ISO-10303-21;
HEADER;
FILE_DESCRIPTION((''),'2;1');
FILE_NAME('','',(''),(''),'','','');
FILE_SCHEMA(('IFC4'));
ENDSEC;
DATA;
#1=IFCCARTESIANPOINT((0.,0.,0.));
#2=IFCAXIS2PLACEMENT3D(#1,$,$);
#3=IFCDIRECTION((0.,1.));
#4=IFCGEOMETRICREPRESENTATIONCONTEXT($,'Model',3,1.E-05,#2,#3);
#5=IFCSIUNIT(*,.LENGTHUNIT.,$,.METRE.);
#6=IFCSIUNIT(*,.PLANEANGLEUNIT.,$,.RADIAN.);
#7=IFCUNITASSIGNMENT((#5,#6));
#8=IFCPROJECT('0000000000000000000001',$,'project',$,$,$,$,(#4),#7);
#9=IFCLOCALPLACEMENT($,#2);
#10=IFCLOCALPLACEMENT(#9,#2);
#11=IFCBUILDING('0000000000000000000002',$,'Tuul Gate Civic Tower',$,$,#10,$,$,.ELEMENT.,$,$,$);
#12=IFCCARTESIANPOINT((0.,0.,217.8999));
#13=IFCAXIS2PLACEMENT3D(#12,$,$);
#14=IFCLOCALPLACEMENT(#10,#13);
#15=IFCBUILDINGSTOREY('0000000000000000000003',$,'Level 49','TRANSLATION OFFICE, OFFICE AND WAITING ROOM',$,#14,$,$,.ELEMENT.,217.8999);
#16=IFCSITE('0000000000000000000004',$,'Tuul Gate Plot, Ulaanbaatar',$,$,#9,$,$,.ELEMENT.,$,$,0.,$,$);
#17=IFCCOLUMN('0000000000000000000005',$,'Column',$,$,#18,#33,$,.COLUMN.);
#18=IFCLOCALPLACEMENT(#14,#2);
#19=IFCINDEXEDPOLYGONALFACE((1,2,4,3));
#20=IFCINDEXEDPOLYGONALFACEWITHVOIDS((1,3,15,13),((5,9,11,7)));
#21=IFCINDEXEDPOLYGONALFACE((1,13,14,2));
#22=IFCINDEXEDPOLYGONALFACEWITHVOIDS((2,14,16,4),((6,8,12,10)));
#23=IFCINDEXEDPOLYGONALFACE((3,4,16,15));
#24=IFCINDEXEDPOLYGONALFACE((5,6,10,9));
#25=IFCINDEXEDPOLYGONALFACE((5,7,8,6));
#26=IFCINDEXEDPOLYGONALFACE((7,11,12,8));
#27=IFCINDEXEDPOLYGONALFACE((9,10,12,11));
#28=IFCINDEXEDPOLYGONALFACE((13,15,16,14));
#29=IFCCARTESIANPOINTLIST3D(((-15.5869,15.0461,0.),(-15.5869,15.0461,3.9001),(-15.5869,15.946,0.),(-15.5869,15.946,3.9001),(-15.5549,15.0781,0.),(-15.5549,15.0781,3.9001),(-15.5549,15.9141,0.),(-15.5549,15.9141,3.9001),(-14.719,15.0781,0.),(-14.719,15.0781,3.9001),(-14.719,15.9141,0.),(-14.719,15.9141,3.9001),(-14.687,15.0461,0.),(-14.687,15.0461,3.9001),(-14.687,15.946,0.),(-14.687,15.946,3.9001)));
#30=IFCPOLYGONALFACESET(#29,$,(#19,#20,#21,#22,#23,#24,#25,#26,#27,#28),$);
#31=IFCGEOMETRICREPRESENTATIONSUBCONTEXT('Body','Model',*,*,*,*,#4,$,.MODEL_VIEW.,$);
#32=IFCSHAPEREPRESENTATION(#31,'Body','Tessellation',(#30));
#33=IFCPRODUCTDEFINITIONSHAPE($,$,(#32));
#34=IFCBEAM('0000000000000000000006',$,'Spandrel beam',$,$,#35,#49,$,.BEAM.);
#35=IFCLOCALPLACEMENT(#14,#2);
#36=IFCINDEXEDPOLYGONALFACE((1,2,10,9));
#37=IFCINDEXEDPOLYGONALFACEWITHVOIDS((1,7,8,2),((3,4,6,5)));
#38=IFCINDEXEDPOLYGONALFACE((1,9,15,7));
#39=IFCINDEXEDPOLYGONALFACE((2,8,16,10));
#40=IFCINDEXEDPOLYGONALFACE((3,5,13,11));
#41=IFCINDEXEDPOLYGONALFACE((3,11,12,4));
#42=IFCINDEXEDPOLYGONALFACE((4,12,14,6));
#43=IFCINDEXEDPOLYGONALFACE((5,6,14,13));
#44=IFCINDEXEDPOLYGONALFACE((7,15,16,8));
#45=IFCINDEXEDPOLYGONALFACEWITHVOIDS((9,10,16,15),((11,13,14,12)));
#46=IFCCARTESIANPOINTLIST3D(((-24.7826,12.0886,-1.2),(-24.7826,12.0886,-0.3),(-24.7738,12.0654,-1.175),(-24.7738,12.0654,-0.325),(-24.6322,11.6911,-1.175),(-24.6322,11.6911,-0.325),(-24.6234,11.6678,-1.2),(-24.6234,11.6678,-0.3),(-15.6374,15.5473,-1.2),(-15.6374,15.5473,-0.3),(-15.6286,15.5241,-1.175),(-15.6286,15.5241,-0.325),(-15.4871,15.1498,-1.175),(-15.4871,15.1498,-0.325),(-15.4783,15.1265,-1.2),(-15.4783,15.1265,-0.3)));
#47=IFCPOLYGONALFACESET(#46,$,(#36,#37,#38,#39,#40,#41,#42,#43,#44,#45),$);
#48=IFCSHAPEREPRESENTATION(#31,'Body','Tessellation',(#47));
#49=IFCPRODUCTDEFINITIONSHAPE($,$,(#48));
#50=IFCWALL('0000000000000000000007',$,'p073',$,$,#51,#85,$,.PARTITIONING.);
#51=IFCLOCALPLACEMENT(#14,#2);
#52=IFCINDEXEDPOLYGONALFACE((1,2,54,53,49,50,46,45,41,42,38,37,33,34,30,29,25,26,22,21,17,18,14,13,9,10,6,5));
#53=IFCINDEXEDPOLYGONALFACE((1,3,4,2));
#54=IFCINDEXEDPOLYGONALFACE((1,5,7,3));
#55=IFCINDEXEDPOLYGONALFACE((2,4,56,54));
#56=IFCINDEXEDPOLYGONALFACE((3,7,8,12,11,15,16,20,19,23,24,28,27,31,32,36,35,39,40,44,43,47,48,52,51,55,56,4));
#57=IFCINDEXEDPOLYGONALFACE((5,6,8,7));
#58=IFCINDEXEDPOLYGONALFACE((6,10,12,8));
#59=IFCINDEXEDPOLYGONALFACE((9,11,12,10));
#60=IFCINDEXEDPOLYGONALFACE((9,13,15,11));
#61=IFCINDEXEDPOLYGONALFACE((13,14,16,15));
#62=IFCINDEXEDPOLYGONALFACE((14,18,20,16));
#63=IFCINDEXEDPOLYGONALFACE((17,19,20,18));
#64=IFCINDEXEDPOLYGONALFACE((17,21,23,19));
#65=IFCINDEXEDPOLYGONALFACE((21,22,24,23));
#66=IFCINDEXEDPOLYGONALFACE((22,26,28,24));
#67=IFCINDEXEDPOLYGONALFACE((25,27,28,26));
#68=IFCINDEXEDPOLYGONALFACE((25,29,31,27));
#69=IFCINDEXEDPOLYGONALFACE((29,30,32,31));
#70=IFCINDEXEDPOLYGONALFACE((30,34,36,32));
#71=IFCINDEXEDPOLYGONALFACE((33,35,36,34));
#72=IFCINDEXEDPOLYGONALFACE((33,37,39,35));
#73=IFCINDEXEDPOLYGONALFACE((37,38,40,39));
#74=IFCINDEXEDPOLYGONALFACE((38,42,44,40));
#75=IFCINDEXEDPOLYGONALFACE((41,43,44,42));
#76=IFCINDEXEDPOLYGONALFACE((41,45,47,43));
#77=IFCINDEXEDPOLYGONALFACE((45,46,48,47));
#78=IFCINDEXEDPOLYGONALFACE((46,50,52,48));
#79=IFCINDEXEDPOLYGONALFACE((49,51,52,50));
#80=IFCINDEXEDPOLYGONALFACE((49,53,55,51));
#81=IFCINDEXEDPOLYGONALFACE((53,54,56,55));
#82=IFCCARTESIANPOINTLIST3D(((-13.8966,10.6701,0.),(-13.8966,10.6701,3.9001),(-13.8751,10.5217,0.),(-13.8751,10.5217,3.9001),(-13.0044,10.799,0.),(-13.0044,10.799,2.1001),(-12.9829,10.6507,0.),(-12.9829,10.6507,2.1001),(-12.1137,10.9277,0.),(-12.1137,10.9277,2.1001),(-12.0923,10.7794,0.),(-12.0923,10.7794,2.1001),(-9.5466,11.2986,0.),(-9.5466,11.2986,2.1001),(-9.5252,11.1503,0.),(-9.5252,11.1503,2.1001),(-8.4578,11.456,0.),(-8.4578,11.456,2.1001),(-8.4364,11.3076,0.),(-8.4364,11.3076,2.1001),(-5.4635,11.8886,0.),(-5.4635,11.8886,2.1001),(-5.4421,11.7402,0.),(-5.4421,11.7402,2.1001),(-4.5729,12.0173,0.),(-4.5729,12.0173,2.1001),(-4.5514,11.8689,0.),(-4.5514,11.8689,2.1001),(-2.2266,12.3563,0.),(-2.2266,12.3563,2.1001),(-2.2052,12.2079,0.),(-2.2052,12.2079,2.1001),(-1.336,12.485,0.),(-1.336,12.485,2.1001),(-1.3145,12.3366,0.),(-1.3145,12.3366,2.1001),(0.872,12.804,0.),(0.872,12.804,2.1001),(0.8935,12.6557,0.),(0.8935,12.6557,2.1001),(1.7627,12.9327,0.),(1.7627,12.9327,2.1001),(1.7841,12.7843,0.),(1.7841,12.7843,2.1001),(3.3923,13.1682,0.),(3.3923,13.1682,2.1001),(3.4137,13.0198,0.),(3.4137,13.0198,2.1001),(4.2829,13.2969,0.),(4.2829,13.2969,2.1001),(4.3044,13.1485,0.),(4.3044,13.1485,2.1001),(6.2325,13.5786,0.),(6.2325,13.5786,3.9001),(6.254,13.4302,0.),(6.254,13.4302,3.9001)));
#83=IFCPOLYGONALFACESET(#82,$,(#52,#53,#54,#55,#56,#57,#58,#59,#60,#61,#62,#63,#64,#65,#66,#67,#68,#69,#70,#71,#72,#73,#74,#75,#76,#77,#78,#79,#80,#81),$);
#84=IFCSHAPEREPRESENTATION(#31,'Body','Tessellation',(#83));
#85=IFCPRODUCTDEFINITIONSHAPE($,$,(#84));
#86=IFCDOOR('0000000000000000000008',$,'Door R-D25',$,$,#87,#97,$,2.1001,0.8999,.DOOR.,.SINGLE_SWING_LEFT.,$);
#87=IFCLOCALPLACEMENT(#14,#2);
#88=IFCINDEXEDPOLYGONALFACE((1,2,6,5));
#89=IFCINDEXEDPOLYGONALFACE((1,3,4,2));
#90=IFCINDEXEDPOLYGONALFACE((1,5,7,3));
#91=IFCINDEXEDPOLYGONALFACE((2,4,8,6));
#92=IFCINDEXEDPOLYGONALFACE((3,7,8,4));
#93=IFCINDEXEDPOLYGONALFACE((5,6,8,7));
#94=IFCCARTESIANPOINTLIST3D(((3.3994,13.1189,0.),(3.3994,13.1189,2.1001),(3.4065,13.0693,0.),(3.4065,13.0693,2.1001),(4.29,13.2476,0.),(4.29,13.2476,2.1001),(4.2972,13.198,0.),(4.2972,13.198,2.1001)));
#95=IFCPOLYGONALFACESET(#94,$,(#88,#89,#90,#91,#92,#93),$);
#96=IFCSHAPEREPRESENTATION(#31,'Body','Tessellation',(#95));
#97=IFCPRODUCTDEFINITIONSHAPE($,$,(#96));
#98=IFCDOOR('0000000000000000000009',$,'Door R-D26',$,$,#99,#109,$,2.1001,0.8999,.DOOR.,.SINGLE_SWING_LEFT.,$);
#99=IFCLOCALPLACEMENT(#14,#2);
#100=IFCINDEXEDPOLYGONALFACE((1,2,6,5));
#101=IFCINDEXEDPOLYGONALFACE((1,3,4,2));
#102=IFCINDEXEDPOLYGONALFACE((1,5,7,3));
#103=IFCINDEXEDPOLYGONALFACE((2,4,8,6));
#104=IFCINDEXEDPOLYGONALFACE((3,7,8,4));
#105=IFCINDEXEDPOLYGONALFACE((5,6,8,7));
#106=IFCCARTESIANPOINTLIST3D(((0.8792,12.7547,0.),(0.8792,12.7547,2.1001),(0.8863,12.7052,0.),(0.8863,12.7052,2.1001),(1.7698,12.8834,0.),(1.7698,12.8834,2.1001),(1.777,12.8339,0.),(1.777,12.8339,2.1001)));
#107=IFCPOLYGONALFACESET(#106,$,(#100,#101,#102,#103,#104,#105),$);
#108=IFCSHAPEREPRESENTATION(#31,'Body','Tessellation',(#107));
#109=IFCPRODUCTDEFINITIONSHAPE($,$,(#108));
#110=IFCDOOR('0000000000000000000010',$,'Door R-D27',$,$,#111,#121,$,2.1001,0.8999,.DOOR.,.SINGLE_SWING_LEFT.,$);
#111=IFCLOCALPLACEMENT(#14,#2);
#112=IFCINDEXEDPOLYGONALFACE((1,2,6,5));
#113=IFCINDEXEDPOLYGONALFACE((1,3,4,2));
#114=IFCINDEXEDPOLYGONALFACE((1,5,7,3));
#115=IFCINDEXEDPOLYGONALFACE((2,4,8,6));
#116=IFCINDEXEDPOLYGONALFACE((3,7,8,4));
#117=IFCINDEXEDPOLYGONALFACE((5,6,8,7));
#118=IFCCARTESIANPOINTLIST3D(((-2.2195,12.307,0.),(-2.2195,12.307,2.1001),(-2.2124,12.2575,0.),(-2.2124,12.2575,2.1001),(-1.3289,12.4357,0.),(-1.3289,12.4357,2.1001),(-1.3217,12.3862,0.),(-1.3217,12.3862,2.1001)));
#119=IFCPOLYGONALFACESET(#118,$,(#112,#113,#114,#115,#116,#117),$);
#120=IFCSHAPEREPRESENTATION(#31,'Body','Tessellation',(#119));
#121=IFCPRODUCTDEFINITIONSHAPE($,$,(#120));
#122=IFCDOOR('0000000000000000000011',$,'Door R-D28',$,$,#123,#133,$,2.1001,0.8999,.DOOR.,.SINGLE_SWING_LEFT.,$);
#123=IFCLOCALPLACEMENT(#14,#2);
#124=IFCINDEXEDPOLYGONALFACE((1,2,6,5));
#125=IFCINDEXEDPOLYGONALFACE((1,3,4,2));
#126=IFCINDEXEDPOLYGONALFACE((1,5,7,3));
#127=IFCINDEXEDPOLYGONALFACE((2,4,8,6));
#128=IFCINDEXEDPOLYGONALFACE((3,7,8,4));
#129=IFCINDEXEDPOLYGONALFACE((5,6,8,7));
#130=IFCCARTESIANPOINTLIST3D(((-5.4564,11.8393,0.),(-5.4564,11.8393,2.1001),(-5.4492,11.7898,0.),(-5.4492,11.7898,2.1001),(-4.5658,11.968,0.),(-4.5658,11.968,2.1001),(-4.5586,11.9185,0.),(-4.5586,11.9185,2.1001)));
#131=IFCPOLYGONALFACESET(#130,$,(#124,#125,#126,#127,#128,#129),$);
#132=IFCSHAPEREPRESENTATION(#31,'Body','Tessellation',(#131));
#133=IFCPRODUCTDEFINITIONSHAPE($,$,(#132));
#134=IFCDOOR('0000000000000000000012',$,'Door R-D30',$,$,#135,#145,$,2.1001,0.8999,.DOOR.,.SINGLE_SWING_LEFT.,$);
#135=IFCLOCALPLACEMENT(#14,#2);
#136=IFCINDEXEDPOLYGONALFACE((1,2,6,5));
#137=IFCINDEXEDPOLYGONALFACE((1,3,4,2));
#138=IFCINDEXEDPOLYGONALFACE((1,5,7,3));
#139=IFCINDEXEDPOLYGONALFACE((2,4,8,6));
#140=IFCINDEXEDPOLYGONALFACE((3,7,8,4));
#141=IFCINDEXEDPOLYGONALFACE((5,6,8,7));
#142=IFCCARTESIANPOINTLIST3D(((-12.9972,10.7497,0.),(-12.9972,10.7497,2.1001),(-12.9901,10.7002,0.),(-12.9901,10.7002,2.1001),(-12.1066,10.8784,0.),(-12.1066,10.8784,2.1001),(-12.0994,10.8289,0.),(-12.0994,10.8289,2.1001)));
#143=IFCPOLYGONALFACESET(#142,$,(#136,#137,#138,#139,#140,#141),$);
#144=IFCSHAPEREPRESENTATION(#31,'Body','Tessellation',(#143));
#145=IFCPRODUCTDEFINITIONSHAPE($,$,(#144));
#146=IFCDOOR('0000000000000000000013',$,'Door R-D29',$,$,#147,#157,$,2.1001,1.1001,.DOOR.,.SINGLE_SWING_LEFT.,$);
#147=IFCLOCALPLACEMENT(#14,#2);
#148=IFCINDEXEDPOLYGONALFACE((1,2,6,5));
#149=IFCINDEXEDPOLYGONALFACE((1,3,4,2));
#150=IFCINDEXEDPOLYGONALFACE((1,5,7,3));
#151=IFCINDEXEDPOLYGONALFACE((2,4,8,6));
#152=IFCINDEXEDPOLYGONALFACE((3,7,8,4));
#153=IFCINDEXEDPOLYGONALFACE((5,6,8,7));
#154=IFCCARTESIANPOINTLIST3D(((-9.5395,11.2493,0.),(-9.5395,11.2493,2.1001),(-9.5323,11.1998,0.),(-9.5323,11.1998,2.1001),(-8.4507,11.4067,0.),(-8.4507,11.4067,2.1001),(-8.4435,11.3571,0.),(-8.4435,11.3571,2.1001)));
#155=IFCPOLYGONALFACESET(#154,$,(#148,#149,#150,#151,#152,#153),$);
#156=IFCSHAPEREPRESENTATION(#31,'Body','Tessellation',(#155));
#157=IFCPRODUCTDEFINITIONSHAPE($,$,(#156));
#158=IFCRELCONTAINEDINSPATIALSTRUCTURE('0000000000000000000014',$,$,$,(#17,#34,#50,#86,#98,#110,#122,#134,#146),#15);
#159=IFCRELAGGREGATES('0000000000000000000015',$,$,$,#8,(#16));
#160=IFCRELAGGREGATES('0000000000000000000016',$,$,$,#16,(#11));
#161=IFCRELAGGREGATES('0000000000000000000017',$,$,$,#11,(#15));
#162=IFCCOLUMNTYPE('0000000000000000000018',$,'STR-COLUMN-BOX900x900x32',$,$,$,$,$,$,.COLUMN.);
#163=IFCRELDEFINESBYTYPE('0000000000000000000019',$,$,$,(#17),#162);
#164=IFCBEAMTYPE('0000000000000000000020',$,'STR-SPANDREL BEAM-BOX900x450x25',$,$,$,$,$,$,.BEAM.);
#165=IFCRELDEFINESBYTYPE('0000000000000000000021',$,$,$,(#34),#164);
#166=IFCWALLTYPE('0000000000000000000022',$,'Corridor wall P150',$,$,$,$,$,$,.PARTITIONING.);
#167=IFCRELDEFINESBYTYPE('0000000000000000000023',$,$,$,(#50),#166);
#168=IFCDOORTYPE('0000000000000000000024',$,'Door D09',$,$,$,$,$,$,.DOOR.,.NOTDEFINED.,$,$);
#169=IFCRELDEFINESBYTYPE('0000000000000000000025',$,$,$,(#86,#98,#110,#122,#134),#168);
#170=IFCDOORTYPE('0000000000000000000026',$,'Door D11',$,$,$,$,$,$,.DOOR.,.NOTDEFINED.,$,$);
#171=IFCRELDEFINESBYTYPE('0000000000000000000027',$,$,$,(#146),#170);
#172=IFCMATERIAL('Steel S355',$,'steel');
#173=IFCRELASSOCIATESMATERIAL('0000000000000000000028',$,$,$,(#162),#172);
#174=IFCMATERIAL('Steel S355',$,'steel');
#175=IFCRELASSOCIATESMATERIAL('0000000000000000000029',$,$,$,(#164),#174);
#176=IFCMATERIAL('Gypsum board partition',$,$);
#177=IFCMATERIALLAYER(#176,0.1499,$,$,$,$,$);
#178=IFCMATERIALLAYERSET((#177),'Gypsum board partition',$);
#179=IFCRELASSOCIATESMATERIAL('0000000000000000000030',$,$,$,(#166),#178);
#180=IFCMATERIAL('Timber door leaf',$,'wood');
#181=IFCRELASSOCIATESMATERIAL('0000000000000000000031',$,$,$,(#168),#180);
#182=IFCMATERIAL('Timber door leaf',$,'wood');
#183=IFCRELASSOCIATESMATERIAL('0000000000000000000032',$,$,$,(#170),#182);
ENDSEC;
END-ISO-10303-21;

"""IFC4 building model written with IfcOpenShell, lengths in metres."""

from ifc_helpers import new_model, si_unit, direction, frame, frame_2d, origin, origin_2d, place, context, subcontext, project, spatial, rectangle, hollow_rectangle, extrude, material, layer, layer_set, material_profile, profile_set, type_object, element, fill, save


model = new_model("IFC4")

# Units and contexts
model_context = context("Model", 3, precision=1e-05, world=origin(), true_north=direction((0.0, 1.0)))
body_context = subcontext(model_context, "Body", "Model", "MODEL_VIEW")
ifc_project = project(units=[si_unit("LENGTHUNIT", "METRE"), si_unit("PLANEANGLEUNIT", "RADIAN")], contexts=[model_context])

# Site, building, storey
site_placement = place(None, origin())
site = spatial("IfcSite", under=ifc_project, at=site_placement, Name="Tuul Gate Plot, Ulaanbaatar", CompositionType="ELEMENT", RefElevation=0.0)
building_placement = place(site_placement, origin())
building = spatial("IfcBuilding", under=site, at=building_placement, Name="Tuul Gate Civic Tower", CompositionType="ELEMENT")
storey_placement = place(building_placement, frame((0.0, 0.0, 217.8999)))
storey = spatial("IfcBuildingStorey", under=building, at=storey_placement, Name="Level 49", Description="TRANSLATION OFFICE, OFFICE AND WAITING ROOM", CompositionType="ELEMENT", Elevation=217.8999)

# Column
ifc_material_1 = material(Name="Steel S355", Category="steel")
ifc_material_profile_1 = material_profile(ifc_material_1, hollow_rectangle(XDim=0.8999, YDim=0.8999, WallThickness=0.032, at=origin_2d()), Name="BOX900x900x32")
ifc_profile_set_1 = profile_set([ifc_material_profile_1], Name="Steel S355")
column_type = type_object("IfcColumnType", Name="STR-COLUMN-BOX900x900x32", PredefinedType="COLUMN", material=ifc_profile_set_1)
column_placement = place(storey_placement, frame((-15.137, 15.4961, 0.0), z_axis=(0.0, 0.0, 1.0), x_axis=(1.0, 0.0, 0.0)))
element("IfcColumn", 1, at=column_placement, inside=storey, type_object=column_type, Name="Column", PredefinedType="COLUMN", context=body_context, shape_type="SweptSolid", body=[
    extrude(hollow_rectangle(XDim=0.8999, YDim=0.8999, WallThickness=0.032, at=origin_2d()), origin(), (0.0, 0.0, 1.0), 3.9001),
])

# Beam
ifc_material_2 = material(Name="Steel S355", Category="steel")
ifc_material_profile_2 = material_profile(ifc_material_2, hollow_rectangle(XDim=0.45, YDim=0.8999, WallThickness=0.0249, at=origin_2d()), Name="BOX900x450x25")
ifc_profile_set_2 = profile_set([ifc_material_profile_2], Name="Steel S355")
beam_type = type_object("IfcBeamType", Name="STR-SPANDREL BEAM-BOX900x450x25", PredefinedType="BEAM", material=ifc_profile_set_2)
beam_placement = place(storey_placement, frame((-15.5579, 15.3369, -0.75), z_axis=(-0.935341, -0.353746, 0.0), x_axis=(0.353746, -0.935341, 0.0)))
element("IfcBeam", 2, at=beam_placement, inside=storey, type_object=beam_type, Name="Spandrel beam", PredefinedType="BEAM", context=body_context, shape_type="SweptSolid", body=[
    extrude(hollow_rectangle(XDim=0.45, YDim=0.8999, WallThickness=0.0249, at=origin_2d()), origin(), (0.0, 0.0, 1.0), 9.7773),
])

# Wall, openings, doors
ifc_material_3 = material(Name="Gypsum board partition")
ifc_layer_1 = layer(ifc_material_3, 0.1499)
ifc_layer_set_1 = layer_set([ifc_layer_1], Name="Gypsum board partition")
wall_type_1 = type_object("IfcWallType", Name="Corridor wall P150", PredefinedType="PARTITIONING", material=ifc_layer_set_1)
wall_1_placement = place(storey_placement, frame((-13.8857, 10.5959, 0.0), z_axis=(0.0, 0.0, 1.0), x_axis=(0.989722, 0.143004, 0.0)))
wall_1 = element("IfcWall", 3, at=wall_1_placement, inside=storey, type_object=wall_type_1, Name="p073", PredefinedType="PARTITIONING", context=body_context, shape_type="SweptSolid", body=[
    extrude(rectangle(XDim=20.3381, YDim=0.1499, at=frame_2d((10.1689, 0.0))), origin(), (0.0, 0.0, 1.0), 3.9001),
])
opening_1_placement = place(wall_1_placement, frame((17.4683, 0.0, 0.0)))
opening_1 = element("IfcOpeningElement", 4, at=opening_1_placement, cuts=wall_1, PredefinedType="OPENING", context=body_context, shape_type="SweptSolid", body=[
    extrude(rectangle(XDim=0.8999, YDim=2.1001, at=frame_2d((0.45, 1.05))), frame((0.0, 0.085, 0.0), z_axis=(0.0, -1.0, 0.0), x_axis=(1.0, 0.0, 0.0)), (0.0, 0.0, 1.0), 0.1699),
])
opening_2_placement = place(wall_1_placement, frame((14.9219, 0.0, 0.0)))
opening_2 = element("IfcOpeningElement", 5, at=opening_2_placement, cuts=wall_1, PredefinedType="OPENING", context=body_context, shape_type="SweptSolid", body=[
    extrude(rectangle(XDim=0.8999, YDim=2.1001, at=frame_2d((0.45, 1.05))), frame((0.0, 0.085, 0.0), z_axis=(0.0, -1.0, 0.0), x_axis=(1.0, 0.0, 0.0)), (0.0, 0.0, 1.0), 0.1699),
])
opening_3_placement = place(wall_1_placement, frame((11.791, 0.0, 0.0)))
opening_3 = element("IfcOpeningElement", 6, at=opening_3_placement, cuts=wall_1, PredefinedType="OPENING", context=body_context, shape_type="SweptSolid", body=[
    extrude(rectangle(XDim=0.8999, YDim=2.1001, at=frame_2d((0.45, 1.05))), frame((0.0, 0.085, 0.0), z_axis=(0.0, -1.0, 0.0), x_axis=(1.0, 0.0, 0.0)), (0.0, 0.0, 1.0), 0.1699),
])
opening_4_placement = place(wall_1_placement, frame((8.5205, 0.0, 0.0)))
opening_4 = element("IfcOpeningElement", 7, at=opening_4_placement, cuts=wall_1, PredefinedType="OPENING", context=body_context, shape_type="SweptSolid", body=[
    extrude(rectangle(XDim=0.8999, YDim=2.1001, at=frame_2d((0.45, 1.05))), frame((0.0, 0.085, 0.0), z_axis=(0.0, -1.0, 0.0), x_axis=(1.0, 0.0, 0.0)), (0.0, 0.0, 1.0), 0.1699),
])
opening_5_placement = place(wall_1_placement, frame((4.395, 0.0, 0.0)))
opening_5 = element("IfcOpeningElement", 8, at=opening_5_placement, cuts=wall_1, PredefinedType="OPENING", context=body_context, shape_type="SweptSolid", body=[
    extrude(rectangle(XDim=1.1001, YDim=2.1001, at=frame_2d((0.55, 1.05))), frame((0.0, 0.085, 0.0), z_axis=(0.0, -1.0, 0.0), x_axis=(1.0, 0.0, 0.0)), (0.0, 0.0, 1.0), 0.1699),
])
opening_6_placement = place(wall_1_placement, frame((0.9014, 0.0, 0.0)))
opening_6 = element("IfcOpeningElement", 9, at=opening_6_placement, cuts=wall_1, PredefinedType="OPENING", context=body_context, shape_type="SweptSolid", body=[
    extrude(rectangle(XDim=0.8999, YDim=2.1001, at=frame_2d((0.45, 1.05))), frame((0.0, 0.085, 0.0), z_axis=(0.0, -1.0, 0.0), x_axis=(1.0, 0.0, 0.0)), (0.0, 0.0, 1.0), 0.1699),
])
ifc_material_4 = material(Name="Timber door leaf", Category="wood")
door_type_1 = type_object("IfcDoorType", Name="Door D09", OperationType="NOTDEFINED", PredefinedType="DOOR", material=ifc_material_4)
door_1_placement = place(opening_1_placement, frame((0.8999, 0.0, 0.0), z_axis=(0.0, 0.0, 1.0), x_axis=(-1.0, 0.0, 0.0)))
door_1 = element("IfcDoor", 10, at=door_1_placement, inside=storey, type_object=door_type_1, Name="Door R-D25", OperationType="SINGLE_SWING_LEFT", OverallHeight=2.1001, OverallWidth=0.8999, PredefinedType="DOOR", context=body_context, shape_type="SweptSolid", body=[
    extrude(rectangle(XDim=0.8999, YDim=2.1001, at=frame_2d((0.45, 1.05))), frame((0.0, 0.0249, 0.0), z_axis=(0.0, -1.0, 0.0), x_axis=(1.0, 0.0, 0.0)), (0.0, 0.0, 1.0), 0.05),
])
fill(opening_1, door_1)
door_2_placement = place(opening_2_placement, frame((0.8999, 0.0, 0.0), z_axis=(0.0, 0.0, 1.0), x_axis=(-1.0, 0.0, 0.0)))
door_2 = element("IfcDoor", 11, at=door_2_placement, inside=storey, type_object=door_type_1, Name="Door R-D26", OperationType="SINGLE_SWING_LEFT", OverallHeight=2.1001, OverallWidth=0.8999, PredefinedType="DOOR", context=body_context, shape_type="SweptSolid", body=[
    extrude(rectangle(XDim=0.8999, YDim=2.1001, at=frame_2d((0.45, 1.05))), frame((0.0, 0.0249, 0.0), z_axis=(0.0, -1.0, 0.0), x_axis=(1.0, 0.0, 0.0)), (0.0, 0.0, 1.0), 0.05),
])
fill(opening_2, door_2)
door_3_placement = place(opening_3_placement, frame((0.8999, 0.0, 0.0), z_axis=(0.0, 0.0, 1.0), x_axis=(-1.0, 0.0, 0.0)))
door_3 = element("IfcDoor", 12, at=door_3_placement, inside=storey, type_object=door_type_1, Name="Door R-D27", OperationType="SINGLE_SWING_LEFT", OverallHeight=2.1001, OverallWidth=0.8999, PredefinedType="DOOR", context=body_context, shape_type="SweptSolid", body=[
    extrude(rectangle(XDim=0.8999, YDim=2.1001, at=frame_2d((0.45, 1.05))), frame((0.0, 0.0249, 0.0), z_axis=(0.0, -1.0, 0.0), x_axis=(1.0, 0.0, 0.0)), (0.0, 0.0, 1.0), 0.05),
])
fill(opening_3, door_3)
door_4_placement = place(opening_4_placement, frame((0.8999, 0.0, 0.0), z_axis=(0.0, 0.0, 1.0), x_axis=(-1.0, 0.0, 0.0)))
door_4 = element("IfcDoor", 13, at=door_4_placement, inside=storey, type_object=door_type_1, Name="Door R-D28", OperationType="SINGLE_SWING_LEFT", OverallHeight=2.1001, OverallWidth=0.8999, PredefinedType="DOOR", context=body_context, shape_type="SweptSolid", body=[
    extrude(rectangle(XDim=0.8999, YDim=2.1001, at=frame_2d((0.45, 1.05))), frame((0.0, 0.0249, 0.0), z_axis=(0.0, -1.0, 0.0), x_axis=(1.0, 0.0, 0.0)), (0.0, 0.0, 1.0), 0.05),
])
fill(opening_4, door_4)
door_5_placement = place(opening_6_placement, frame((0.8999, 0.0, 0.0), z_axis=(0.0, 0.0, 1.0), x_axis=(-1.0, 0.0, 0.0)))
door_5 = element("IfcDoor", 14, at=door_5_placement, inside=storey, type_object=door_type_1, Name="Door R-D30", OperationType="SINGLE_SWING_LEFT", OverallHeight=2.1001, OverallWidth=0.8999, PredefinedType="DOOR", context=body_context, shape_type="SweptSolid", body=[
    extrude(rectangle(XDim=0.8999, YDim=2.1001, at=frame_2d((0.45, 1.05))), frame((0.0, 0.0249, 0.0), z_axis=(0.0, -1.0, 0.0), x_axis=(1.0, 0.0, 0.0)), (0.0, 0.0, 1.0), 0.05),
])
fill(opening_6, door_5)
ifc_material_5 = material(Name="Timber door leaf", Category="wood")
door_type_2 = type_object("IfcDoorType", Name="Door D11", OperationType="NOTDEFINED", PredefinedType="DOOR", material=ifc_material_5)
door_6_placement = place(opening_5_placement, frame((1.1001, 0.0, 0.0), z_axis=(0.0, 0.0, 1.0), x_axis=(-1.0, 0.0, 0.0)))
door_6 = element("IfcDoor", 15, at=door_6_placement, inside=storey, type_object=door_type_2, Name="Door R-D29", OperationType="SINGLE_SWING_LEFT", OverallHeight=2.1001, OverallWidth=1.1001, PredefinedType="DOOR", context=body_context, shape_type="SweptSolid", body=[
    extrude(rectangle(XDim=1.1001, YDim=2.1001, at=frame_2d((0.55, 1.05))), frame((0.0, 0.0249, 0.0), z_axis=(0.0, -1.0, 0.0), x_axis=(1.0, 0.0, 0.0)), (0.0, 0.0, 1.0), 0.05),
])
fill(opening_5, door_6)

save(model, "model.ifc")
